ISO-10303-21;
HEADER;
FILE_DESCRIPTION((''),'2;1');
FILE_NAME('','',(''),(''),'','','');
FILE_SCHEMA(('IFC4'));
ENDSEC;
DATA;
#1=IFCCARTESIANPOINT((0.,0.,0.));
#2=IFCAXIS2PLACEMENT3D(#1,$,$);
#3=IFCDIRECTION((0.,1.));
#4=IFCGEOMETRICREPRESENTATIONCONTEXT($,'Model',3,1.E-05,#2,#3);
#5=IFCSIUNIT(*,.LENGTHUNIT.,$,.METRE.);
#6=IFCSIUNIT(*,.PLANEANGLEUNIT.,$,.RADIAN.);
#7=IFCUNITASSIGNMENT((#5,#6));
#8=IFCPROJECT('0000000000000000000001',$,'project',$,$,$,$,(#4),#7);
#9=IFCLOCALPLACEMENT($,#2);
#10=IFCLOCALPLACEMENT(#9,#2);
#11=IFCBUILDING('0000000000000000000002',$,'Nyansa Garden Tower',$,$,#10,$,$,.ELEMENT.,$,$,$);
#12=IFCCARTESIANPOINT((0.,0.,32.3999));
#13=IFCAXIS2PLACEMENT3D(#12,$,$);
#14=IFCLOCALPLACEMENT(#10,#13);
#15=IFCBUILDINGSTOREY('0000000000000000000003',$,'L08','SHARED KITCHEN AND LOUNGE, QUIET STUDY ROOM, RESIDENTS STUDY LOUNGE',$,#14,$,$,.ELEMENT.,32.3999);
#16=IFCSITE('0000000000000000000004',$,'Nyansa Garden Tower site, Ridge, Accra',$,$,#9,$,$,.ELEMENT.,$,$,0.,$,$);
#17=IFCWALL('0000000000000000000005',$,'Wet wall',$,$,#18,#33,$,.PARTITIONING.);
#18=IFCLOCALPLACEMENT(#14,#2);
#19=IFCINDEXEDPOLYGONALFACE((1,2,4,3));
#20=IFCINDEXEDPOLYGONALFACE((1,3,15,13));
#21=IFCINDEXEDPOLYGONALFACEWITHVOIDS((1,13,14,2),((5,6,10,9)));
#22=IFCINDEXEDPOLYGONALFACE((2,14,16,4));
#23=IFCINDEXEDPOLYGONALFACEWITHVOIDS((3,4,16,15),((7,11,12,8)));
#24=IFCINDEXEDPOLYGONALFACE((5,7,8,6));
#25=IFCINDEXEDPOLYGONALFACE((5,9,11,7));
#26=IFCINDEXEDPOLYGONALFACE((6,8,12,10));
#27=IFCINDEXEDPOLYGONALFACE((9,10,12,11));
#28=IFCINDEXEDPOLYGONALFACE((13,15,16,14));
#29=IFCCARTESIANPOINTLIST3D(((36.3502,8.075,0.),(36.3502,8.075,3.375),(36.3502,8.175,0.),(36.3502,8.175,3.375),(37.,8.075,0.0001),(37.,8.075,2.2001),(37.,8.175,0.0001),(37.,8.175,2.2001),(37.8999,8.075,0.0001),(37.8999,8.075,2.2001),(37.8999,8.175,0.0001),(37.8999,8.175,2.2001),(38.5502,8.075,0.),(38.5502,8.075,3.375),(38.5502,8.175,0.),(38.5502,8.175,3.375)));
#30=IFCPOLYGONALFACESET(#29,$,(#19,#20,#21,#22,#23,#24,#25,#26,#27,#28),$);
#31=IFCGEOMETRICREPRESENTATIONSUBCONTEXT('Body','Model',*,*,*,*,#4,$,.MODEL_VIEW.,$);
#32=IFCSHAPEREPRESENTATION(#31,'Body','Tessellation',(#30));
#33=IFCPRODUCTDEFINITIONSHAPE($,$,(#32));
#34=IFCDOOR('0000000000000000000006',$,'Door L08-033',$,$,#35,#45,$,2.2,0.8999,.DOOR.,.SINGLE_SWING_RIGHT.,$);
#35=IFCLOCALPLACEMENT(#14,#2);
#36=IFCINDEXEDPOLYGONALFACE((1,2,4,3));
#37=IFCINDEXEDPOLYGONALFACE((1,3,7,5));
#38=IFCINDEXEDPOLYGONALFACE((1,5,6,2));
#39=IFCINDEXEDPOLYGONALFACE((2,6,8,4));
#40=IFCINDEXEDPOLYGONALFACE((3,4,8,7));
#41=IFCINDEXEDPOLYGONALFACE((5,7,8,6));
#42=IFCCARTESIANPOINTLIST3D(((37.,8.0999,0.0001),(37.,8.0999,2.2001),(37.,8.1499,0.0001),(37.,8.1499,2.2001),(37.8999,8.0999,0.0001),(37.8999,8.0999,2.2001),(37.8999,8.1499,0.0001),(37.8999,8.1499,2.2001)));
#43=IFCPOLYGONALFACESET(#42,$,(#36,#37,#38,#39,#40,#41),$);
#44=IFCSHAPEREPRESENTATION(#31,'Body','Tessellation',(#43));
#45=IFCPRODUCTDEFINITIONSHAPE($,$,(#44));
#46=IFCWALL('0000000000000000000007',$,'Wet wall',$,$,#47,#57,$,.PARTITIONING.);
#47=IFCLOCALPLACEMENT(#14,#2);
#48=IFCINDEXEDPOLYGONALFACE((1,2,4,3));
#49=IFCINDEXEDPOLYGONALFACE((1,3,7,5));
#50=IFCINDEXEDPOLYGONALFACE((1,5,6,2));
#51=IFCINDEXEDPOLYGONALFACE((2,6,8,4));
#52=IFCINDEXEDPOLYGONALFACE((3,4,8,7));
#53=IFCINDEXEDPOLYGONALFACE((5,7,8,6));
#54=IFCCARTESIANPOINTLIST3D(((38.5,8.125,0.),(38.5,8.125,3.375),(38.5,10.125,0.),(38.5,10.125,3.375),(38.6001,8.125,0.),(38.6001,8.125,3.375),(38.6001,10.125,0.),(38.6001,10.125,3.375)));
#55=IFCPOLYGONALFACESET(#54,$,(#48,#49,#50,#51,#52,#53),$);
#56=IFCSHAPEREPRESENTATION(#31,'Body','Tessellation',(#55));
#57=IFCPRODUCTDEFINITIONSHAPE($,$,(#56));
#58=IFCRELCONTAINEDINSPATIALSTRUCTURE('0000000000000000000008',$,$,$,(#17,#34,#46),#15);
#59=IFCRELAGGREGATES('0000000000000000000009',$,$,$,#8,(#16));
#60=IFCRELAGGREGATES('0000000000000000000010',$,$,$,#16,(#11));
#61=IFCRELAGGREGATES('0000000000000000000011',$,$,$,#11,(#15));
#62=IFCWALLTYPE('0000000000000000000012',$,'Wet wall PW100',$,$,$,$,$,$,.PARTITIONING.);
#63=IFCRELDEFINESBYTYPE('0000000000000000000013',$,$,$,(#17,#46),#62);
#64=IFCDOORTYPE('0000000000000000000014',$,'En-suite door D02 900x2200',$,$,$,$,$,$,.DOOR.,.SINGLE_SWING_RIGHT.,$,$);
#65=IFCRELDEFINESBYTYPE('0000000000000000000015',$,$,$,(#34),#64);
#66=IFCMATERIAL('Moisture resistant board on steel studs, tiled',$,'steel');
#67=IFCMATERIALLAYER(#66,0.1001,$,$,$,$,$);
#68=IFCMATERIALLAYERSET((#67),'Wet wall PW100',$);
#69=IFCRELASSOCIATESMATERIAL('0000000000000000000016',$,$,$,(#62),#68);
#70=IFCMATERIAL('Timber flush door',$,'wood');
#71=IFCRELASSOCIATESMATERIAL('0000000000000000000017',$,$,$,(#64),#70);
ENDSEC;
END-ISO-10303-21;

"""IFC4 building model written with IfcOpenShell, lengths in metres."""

from ifc_helpers import new_model, si_unit, direction, frame, frame_2d, origin, place, context, subcontext, project, spatial, rectangle, extrude, material, layer, layer_set, type_object, element, fill, save


model = new_model("IFC4")

# Units and contexts
model_context = context("Model", 3, precision=1e-05, world=origin(), true_north=direction((0.0, 1.0)))
body_context = subcontext(model_context, "Body", "Model", "MODEL_VIEW")
ifc_project = project(units=[si_unit("LENGTHUNIT", "METRE"), si_unit("PLANEANGLEUNIT", "RADIAN")], contexts=[model_context])

# Site, building, storey
site_placement = place(None, origin())
site = spatial("IfcSite", under=ifc_project, at=site_placement, Name="Nyansa Garden Tower site, Ridge, Accra", CompositionType="ELEMENT", RefElevation=0.0)
building_placement = place(site_placement, origin())
building = spatial("IfcBuilding", under=site, at=building_placement, Name="Nyansa Garden Tower", CompositionType="ELEMENT")
storey_placement = place(building_placement, frame((0.0, 0.0, 32.3999)))
storey = spatial("IfcBuildingStorey", under=building, at=storey_placement, Name="L08", Description="SHARED KITCHEN AND LOUNGE, QUIET STUDY ROOM, RESIDENTS STUDY LOUNGE", CompositionType="ELEMENT", Elevation=32.3999)

# Shared definitions
ifc_material_1 = material(Name="Moisture resistant board on steel studs, tiled", Category="steel")
ifc_layer_1 = layer(ifc_material_1, 0.1001)
ifc_layer_set_1 = layer_set([ifc_layer_1], Name="Wet wall PW100")
wall_type_1 = type_object("IfcWallType", Name="Wet wall PW100", PredefinedType="PARTITIONING", material=ifc_layer_set_1)

# Wall, opening, door
wall_1_placement = place(storey_placement, frame((36.3501, 8.125, 0.0), z_axis=(0.0, 0.0, 1.0), x_axis=(1.0, 0.0, 0.0)))
wall_1 = element("IfcWall", 1, at=wall_1_placement, inside=storey, type_object=wall_type_1, Name="Wet wall", PredefinedType="PARTITIONING", context=body_context, shape_type="SweptSolid", body=[
    extrude(rectangle(XDim=2.2, YDim=0.1001, at=frame_2d((1.1001, 0.0))), origin(), (0.0, 0.0, 1.0), 3.375),
])
opening_1_placement = place(wall_1_placement, frame((0.6499, 0.0, 0.0)))
opening_1 = element("IfcOpeningElement", 2, at=opening_1_placement, cuts=wall_1, PredefinedType="OPENING", context=body_context, shape_type="SweptSolid", body=[
    extrude(rectangle(XDim=0.8999, YDim=2.2, at=frame_2d((0.45, 1.1001))), frame((0.0, 0.0601, 0.0), z_axis=(0.0, -1.0, 0.0), x_axis=(1.0, 0.0, 0.0)), (0.0, 0.0, 1.0), 0.1201),
])
ifc_material_2 = material(Name="Timber flush door", Category="wood")
door_type_1 = type_object("IfcDoorType", Name="En-suite door D02 900x2200", OperationType="SINGLE_SWING_RIGHT", PredefinedType="DOOR", material=ifc_material_2)
door_1_placement = place(opening_1_placement, origin())
door_1 = element("IfcDoor", 3, at=door_1_placement, inside=storey, type_object=door_type_1, Name="Door L08-033", OperationType="SINGLE_SWING_RIGHT", OverallHeight=2.2, OverallWidth=0.8999, PredefinedType="DOOR", context=body_context, shape_type="SweptSolid", body=[
    extrude(rectangle(XDim=0.8999, YDim=2.2, at=frame_2d((0.45, 1.1001))), frame((0.0, 0.0249, 0.0), z_axis=(0.0, -1.0, 0.0), x_axis=(1.0, 0.0, 0.0)), (0.0, 0.0, 1.0), 0.05),
])
fill(opening_1, door_1)

# Wall
wall_2_placement = place(storey_placement, frame((38.55, 8.125, 0.0), z_axis=(0.0, 0.0, 1.0), x_axis=(0.0, 1.0, 0.0)))
element("IfcWall", 4, at=wall_2_placement, inside=storey, type_object=wall_type_1, Name="Wet wall", PredefinedType="PARTITIONING", context=body_context, shape_type="SweptSolid", body=[
    extrude(rectangle(XDim=2.0, YDim=0.1001, at=frame_2d((1.0, 0.0))), origin(), (0.0, 0.0, 1.0), 3.375),
])

save(model, "model.ifc")
